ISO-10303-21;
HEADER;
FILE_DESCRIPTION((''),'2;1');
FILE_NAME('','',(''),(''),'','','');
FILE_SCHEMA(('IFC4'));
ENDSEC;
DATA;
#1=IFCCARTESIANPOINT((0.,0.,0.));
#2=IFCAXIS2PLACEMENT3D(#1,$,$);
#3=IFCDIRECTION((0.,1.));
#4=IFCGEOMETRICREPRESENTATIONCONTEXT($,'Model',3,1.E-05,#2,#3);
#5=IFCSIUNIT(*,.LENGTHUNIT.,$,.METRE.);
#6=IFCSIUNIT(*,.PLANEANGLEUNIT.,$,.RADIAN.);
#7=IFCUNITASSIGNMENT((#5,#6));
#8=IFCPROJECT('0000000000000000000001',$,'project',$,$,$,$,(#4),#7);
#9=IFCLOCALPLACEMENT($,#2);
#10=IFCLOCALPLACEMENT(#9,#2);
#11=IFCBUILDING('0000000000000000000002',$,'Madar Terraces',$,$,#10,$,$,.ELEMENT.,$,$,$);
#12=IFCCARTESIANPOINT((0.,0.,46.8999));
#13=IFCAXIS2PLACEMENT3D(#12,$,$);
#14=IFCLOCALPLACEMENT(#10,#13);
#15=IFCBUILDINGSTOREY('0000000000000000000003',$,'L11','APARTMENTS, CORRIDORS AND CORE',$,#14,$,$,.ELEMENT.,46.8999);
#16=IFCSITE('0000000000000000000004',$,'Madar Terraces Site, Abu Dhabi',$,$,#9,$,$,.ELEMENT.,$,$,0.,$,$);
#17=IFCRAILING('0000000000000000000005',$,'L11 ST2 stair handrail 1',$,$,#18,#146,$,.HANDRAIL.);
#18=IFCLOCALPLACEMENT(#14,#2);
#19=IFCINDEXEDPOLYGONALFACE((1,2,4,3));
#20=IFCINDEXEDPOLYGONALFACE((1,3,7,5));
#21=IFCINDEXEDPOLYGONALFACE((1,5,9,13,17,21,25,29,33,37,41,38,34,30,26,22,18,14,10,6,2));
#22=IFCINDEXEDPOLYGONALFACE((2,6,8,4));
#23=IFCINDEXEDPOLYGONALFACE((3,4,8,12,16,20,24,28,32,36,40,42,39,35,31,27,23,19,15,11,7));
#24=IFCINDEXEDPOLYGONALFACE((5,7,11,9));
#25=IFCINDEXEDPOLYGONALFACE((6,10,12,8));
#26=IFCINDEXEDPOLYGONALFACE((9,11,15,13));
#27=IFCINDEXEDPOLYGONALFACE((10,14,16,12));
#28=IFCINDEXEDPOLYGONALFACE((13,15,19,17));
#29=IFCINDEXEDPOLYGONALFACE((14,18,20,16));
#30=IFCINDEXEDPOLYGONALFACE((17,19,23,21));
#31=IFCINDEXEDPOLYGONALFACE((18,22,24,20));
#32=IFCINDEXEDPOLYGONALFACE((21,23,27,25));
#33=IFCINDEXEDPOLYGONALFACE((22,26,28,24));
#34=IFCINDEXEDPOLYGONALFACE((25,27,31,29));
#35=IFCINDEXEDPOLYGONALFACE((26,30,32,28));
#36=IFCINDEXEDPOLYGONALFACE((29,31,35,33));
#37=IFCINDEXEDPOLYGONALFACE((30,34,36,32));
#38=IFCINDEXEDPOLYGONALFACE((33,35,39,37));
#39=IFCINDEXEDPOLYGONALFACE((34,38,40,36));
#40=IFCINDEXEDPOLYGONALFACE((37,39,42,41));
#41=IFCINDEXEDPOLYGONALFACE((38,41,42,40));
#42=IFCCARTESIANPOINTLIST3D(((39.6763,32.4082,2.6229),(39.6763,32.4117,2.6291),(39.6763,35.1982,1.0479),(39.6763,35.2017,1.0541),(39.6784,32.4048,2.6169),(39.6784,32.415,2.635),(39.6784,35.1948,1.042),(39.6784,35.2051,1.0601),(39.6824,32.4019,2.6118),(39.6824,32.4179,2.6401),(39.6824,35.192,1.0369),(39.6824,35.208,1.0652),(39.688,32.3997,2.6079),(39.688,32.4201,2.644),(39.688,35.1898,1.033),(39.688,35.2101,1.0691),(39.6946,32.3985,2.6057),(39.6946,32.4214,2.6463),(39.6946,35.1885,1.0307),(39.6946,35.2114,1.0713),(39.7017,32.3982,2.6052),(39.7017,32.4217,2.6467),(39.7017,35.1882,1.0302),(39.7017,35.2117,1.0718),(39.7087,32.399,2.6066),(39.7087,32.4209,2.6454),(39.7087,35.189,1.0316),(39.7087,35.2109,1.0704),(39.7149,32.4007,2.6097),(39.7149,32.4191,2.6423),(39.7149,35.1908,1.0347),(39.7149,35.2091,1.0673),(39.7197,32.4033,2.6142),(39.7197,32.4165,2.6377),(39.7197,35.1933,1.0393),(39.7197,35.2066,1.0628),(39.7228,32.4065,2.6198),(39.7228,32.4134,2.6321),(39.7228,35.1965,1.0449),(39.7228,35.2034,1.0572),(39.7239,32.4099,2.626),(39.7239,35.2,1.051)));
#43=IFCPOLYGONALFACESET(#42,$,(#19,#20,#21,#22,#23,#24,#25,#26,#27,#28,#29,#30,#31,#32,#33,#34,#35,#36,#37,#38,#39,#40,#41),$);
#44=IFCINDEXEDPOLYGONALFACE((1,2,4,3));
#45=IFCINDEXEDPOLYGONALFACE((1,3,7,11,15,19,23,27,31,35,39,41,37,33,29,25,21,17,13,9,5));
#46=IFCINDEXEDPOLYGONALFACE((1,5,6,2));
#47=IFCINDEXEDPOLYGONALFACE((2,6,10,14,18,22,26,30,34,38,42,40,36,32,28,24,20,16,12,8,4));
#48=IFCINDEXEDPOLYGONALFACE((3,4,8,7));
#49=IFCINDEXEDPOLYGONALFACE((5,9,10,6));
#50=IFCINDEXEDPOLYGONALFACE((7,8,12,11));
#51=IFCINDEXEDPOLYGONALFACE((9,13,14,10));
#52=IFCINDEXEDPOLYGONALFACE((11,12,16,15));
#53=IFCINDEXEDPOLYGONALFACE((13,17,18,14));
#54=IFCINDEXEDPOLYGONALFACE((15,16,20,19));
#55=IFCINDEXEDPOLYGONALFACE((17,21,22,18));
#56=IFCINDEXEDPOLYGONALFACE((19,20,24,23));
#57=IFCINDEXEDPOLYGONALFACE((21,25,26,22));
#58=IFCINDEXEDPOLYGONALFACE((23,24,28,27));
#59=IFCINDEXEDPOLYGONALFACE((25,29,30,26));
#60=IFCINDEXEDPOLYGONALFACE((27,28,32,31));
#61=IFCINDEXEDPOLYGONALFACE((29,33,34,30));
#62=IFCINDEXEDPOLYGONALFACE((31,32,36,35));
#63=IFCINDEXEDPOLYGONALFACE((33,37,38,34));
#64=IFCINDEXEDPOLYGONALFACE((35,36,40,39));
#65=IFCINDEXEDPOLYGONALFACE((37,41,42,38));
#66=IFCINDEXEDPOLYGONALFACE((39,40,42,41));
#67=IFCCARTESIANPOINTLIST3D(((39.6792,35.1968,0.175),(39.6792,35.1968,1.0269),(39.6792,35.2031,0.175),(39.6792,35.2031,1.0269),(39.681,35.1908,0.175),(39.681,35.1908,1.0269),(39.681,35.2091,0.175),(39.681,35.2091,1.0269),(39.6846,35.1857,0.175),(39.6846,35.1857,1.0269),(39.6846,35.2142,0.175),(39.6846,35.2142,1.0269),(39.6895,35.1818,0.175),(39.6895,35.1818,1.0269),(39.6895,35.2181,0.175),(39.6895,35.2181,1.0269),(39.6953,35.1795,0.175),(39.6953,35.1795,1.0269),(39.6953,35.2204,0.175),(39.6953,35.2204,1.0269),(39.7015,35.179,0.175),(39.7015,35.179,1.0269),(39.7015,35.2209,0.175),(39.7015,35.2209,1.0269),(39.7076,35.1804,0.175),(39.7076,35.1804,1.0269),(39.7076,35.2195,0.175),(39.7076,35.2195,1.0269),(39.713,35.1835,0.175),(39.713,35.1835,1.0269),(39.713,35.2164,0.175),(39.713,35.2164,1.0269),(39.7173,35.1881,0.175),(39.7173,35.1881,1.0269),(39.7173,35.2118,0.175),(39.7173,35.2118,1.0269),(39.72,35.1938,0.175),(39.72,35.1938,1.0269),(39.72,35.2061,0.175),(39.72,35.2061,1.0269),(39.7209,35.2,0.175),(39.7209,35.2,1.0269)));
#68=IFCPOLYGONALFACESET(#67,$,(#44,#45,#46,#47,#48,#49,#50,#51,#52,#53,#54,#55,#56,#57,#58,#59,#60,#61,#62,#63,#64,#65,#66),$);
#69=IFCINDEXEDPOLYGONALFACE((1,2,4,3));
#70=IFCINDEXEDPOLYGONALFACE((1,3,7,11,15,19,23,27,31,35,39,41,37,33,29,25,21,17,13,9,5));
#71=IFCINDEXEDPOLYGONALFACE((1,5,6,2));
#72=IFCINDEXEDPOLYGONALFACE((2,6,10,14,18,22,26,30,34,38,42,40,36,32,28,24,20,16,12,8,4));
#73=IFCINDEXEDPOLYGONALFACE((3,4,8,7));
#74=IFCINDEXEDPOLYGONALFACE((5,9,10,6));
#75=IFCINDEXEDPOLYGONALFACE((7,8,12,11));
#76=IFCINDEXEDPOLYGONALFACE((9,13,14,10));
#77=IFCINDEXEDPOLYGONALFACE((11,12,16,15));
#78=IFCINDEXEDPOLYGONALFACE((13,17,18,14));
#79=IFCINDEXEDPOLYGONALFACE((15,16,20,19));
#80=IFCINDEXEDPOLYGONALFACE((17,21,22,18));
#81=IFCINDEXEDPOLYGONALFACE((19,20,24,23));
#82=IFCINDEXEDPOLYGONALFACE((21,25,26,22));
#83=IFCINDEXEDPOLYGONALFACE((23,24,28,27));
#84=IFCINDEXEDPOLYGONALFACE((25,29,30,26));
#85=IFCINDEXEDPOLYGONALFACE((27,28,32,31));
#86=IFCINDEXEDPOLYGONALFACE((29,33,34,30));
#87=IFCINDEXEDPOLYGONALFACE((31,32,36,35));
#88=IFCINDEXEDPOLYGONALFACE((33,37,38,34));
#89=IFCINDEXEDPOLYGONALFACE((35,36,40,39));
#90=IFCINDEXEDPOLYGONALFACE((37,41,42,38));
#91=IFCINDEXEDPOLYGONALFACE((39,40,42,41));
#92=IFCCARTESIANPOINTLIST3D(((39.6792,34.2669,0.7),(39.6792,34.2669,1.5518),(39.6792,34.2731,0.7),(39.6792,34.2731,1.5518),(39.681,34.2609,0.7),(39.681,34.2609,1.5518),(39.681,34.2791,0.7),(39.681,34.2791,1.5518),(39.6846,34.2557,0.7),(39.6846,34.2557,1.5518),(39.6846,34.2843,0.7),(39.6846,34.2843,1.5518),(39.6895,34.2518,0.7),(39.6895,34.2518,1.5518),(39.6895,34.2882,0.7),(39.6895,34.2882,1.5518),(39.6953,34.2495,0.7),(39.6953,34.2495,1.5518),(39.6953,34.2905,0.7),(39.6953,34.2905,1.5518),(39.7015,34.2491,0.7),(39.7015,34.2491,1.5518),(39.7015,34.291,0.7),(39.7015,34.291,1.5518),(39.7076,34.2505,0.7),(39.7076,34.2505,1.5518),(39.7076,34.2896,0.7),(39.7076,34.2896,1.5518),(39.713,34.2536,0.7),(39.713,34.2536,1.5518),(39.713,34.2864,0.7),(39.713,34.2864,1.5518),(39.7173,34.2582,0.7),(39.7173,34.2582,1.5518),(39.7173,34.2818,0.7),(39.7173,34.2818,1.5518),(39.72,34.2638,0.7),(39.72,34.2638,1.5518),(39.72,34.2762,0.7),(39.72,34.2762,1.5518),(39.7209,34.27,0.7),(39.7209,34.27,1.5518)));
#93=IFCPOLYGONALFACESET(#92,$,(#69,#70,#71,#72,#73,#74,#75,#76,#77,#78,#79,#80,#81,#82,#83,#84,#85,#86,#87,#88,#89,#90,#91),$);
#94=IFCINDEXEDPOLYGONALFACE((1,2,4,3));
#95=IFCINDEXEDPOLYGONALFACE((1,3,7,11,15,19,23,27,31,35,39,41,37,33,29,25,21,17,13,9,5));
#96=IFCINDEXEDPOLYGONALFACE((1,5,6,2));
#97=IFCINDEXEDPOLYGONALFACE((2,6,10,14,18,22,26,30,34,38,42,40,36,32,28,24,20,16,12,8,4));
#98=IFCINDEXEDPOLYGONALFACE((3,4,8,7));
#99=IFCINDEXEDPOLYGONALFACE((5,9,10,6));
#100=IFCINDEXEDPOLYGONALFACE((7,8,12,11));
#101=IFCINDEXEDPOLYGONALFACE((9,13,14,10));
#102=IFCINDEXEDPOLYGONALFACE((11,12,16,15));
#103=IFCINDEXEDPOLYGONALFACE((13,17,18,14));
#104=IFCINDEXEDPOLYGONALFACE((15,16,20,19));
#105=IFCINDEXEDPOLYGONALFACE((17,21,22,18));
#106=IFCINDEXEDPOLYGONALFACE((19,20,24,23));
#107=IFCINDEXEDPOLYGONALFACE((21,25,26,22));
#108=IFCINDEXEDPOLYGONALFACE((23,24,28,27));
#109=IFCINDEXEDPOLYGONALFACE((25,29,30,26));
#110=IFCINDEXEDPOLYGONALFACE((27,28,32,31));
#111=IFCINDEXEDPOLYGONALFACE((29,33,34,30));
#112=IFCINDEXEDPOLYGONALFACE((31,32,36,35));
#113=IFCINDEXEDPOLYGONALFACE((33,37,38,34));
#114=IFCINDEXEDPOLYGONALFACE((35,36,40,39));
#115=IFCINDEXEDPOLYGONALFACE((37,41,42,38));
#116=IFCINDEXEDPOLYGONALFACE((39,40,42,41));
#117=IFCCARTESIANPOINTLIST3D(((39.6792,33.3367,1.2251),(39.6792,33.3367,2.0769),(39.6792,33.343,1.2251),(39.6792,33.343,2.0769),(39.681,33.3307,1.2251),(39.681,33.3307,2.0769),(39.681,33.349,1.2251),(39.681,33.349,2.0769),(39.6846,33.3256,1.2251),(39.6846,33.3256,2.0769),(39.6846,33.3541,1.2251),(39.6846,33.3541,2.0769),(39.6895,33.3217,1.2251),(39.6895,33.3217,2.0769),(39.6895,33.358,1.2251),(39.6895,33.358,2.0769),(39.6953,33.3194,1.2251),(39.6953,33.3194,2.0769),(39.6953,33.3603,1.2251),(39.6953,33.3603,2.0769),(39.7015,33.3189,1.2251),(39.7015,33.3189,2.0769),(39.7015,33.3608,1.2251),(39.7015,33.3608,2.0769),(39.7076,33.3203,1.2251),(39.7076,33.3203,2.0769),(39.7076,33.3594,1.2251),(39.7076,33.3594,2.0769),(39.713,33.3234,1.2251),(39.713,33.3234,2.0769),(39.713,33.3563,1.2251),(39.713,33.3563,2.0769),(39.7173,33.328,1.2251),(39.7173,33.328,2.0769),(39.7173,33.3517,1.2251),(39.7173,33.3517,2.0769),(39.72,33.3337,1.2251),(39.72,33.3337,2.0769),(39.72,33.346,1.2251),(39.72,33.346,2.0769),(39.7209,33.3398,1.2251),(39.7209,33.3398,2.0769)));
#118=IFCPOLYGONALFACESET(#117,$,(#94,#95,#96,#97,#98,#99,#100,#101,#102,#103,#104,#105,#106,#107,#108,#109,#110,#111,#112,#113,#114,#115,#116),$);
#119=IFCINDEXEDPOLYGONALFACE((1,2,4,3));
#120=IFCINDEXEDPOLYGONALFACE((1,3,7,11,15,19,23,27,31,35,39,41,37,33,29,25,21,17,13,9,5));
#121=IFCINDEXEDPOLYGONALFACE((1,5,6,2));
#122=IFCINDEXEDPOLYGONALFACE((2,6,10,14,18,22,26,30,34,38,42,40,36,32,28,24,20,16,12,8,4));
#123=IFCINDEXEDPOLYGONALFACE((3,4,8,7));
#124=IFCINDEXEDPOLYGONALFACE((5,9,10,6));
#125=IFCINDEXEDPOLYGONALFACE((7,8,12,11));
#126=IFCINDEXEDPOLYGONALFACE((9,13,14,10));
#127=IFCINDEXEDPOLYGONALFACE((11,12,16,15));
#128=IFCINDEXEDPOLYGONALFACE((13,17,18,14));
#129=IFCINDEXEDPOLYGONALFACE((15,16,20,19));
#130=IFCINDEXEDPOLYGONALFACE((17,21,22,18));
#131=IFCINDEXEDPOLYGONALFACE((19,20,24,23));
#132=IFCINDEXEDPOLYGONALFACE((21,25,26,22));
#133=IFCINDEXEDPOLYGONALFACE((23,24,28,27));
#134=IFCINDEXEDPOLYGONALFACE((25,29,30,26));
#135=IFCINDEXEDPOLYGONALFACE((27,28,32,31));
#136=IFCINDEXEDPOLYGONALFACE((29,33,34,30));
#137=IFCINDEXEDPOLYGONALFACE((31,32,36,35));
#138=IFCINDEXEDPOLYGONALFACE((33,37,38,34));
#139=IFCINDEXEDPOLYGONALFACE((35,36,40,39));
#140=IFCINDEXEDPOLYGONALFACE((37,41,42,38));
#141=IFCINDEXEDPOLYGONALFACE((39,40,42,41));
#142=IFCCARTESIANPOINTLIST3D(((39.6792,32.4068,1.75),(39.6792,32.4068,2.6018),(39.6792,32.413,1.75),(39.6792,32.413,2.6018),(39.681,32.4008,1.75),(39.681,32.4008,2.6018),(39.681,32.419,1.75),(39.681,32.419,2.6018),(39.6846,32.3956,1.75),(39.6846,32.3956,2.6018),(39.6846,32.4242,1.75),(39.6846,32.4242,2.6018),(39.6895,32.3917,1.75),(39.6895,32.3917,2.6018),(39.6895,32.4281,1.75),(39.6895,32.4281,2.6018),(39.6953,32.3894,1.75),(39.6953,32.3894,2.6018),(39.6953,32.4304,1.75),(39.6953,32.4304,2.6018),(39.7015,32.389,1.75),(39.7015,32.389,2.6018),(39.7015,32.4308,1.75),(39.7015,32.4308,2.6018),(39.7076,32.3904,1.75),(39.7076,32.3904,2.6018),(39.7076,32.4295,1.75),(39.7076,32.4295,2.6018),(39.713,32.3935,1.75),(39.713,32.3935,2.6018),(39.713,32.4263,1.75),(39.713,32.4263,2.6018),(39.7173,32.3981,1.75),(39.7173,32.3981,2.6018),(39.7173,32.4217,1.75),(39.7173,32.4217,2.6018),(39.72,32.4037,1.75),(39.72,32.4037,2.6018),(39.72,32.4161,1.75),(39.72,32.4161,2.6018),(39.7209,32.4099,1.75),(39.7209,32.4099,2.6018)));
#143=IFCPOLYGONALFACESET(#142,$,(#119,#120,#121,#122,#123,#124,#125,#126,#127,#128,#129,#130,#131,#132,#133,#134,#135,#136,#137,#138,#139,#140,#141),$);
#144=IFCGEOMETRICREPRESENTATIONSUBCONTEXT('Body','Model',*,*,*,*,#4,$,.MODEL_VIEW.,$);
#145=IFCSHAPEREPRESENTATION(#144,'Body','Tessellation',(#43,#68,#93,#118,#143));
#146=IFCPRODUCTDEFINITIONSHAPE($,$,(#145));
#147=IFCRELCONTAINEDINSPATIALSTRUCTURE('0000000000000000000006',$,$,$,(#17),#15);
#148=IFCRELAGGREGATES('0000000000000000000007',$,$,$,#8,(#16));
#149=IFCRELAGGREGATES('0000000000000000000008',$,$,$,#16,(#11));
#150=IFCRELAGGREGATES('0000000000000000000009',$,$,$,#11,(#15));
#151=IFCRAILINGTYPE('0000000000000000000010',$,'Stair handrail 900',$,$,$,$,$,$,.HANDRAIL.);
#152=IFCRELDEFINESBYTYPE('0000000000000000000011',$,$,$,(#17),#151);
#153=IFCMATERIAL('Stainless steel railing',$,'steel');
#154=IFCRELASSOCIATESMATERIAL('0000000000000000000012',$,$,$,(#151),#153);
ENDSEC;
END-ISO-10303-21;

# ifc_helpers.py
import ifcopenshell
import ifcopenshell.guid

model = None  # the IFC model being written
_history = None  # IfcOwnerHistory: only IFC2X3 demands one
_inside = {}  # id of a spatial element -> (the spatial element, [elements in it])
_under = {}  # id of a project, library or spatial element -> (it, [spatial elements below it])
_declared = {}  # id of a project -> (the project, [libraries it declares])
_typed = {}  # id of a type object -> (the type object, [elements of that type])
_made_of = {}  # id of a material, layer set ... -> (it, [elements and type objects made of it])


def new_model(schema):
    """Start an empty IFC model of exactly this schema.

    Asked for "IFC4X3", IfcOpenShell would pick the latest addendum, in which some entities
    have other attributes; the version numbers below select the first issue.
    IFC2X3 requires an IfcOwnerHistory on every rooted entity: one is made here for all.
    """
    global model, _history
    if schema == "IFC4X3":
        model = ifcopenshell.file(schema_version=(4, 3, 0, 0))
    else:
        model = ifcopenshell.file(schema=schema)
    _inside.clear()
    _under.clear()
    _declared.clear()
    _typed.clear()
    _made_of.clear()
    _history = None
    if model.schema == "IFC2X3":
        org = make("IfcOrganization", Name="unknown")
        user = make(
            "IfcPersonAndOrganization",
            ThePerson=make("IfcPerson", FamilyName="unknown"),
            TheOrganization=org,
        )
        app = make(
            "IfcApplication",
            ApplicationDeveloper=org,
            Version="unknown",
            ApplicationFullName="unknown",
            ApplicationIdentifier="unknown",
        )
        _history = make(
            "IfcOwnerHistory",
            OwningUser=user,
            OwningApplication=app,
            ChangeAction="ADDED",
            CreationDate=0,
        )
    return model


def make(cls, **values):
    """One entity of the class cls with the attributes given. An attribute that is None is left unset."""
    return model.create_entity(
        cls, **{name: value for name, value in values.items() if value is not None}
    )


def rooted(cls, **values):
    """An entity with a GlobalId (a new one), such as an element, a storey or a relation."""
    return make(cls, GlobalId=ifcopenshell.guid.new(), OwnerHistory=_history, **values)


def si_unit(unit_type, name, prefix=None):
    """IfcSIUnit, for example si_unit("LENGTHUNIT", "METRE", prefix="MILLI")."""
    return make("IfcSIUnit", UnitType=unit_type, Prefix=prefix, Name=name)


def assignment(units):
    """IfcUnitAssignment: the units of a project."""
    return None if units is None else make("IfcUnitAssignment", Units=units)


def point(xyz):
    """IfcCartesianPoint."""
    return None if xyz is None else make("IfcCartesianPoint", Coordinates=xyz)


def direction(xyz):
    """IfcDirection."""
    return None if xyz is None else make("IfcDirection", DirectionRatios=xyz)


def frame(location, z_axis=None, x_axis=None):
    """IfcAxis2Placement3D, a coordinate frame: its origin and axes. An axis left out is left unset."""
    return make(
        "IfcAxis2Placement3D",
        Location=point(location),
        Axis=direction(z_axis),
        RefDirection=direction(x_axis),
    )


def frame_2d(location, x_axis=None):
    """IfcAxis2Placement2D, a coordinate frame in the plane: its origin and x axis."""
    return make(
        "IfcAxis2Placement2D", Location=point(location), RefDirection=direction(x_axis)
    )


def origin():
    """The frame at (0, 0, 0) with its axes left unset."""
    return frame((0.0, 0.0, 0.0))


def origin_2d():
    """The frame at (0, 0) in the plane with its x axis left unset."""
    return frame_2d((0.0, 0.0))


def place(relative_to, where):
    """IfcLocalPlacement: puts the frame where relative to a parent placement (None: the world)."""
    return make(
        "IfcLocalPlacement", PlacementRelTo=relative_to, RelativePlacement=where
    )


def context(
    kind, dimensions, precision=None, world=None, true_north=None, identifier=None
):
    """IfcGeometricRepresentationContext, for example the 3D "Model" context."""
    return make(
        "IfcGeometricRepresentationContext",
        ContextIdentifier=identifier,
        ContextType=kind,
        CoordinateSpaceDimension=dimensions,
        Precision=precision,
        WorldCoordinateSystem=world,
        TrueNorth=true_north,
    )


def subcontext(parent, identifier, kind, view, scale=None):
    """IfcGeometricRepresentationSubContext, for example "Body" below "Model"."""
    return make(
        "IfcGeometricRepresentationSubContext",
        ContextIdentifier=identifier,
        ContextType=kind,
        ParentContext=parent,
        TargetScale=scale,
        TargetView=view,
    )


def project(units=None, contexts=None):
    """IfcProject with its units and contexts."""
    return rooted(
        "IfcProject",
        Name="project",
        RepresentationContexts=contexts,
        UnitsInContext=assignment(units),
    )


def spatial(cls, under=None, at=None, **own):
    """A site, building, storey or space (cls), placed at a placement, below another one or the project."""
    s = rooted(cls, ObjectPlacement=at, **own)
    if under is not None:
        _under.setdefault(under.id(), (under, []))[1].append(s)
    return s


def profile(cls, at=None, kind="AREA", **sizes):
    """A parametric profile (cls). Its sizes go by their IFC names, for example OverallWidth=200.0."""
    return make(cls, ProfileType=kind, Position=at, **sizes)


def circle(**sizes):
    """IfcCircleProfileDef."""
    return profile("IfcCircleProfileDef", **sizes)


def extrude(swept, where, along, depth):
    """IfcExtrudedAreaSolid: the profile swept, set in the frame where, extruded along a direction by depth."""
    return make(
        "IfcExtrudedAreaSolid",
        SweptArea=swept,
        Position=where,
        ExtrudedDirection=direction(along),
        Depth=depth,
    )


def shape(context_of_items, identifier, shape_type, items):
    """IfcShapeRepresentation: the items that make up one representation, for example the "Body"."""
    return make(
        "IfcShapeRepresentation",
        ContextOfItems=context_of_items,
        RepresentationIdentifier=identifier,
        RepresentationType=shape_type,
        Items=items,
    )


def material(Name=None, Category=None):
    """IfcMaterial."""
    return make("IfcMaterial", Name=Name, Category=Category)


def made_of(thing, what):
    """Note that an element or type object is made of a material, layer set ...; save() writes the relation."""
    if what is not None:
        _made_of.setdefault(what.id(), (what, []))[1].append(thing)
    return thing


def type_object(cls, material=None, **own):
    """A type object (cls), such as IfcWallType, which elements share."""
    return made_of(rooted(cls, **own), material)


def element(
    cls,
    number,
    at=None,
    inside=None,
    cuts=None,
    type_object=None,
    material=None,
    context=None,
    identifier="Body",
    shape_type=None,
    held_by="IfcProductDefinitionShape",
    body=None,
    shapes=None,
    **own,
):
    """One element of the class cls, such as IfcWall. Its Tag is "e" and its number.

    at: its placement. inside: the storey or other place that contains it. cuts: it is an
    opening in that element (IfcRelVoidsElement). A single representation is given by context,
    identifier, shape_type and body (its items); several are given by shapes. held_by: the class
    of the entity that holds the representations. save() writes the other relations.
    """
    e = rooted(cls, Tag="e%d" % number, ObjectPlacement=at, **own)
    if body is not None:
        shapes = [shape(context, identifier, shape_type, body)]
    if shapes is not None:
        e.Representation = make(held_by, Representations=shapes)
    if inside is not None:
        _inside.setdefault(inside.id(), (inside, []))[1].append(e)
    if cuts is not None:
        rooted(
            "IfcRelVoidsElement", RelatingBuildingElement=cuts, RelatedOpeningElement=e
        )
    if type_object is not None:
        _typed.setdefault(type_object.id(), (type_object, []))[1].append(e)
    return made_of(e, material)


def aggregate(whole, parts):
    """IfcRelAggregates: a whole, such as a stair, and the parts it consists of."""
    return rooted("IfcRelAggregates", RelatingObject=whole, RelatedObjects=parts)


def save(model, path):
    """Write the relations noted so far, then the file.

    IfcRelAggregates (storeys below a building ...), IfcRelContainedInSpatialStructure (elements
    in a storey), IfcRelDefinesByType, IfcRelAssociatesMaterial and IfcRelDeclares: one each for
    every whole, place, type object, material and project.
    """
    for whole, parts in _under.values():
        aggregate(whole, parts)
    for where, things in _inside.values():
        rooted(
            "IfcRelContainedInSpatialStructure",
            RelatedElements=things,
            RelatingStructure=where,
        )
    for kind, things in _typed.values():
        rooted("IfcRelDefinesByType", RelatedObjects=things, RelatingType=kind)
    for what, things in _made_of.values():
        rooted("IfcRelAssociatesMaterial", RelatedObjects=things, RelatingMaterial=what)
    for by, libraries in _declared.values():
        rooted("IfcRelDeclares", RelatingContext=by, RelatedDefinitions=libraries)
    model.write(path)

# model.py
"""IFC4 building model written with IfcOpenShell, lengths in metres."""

from ifc_helpers import new_model, si_unit, direction, frame, origin, origin_2d, place, context, subcontext, project, spatial, circle, extrude, material, type_object, element, save


model = new_model("IFC4")

# Units and contexts
model_context = context("Model", 3, precision=1e-05, world=origin(), true_north=direction((0.0, 1.0)))
body_context = subcontext(model_context, "Body", "Model", "MODEL_VIEW")
ifc_project = project(units=[si_unit("LENGTHUNIT", "METRE"), si_unit("PLANEANGLEUNIT", "RADIAN")], contexts=[model_context])

# Site, building, storey
site_placement = place(None, origin())
site = spatial("IfcSite", under=ifc_project, at=site_placement, Name="Madar Terraces Site, Abu Dhabi", CompositionType="ELEMENT", RefElevation=0.0)
building_placement = place(site_placement, origin())
building = spatial("IfcBuilding", under=site, at=building_placement, Name="Madar Terraces", CompositionType="ELEMENT")
storey_placement = place(building_placement, frame((0.0, 0.0, 46.8999)))
storey = spatial("IfcBuildingStorey", under=building, at=storey_placement, Name="L11", Description="APARTMENTS, CORRIDORS AND CORE", CompositionType="ELEMENT", Elevation=46.8999)

# Railing
ifc_material_1 = material(Name="Stainless steel railing", Category="steel")
railing_type_1 = type_object("IfcRailingType", Name="Stair handrail 900", PredefinedType="HANDRAIL", material=ifc_material_1)
railing_1_placement = place(storey_placement, frame((39.7, 35.2, 0.175)))
element("IfcRailing", 1, at=railing_1_placement, inside=storey, type_object=railing_type_1, Name="L11 ST2 stair handrail 1", PredefinedType="HANDRAIL", context=body_context, shape_type="SweptSolid", body=[
    extrude(circle(Radius=0.0239, at=origin_2d()), frame((0.0, 0.0, 0.876), z_axis=(0.0, -0.870834, 0.491578), x_axis=(1.0, 0.0, 0.0)), (0.0, 0.0, 1.0), 3.2039),
    extrude(circle(Radius=0.021, at=origin_2d()), origin(), (0.0, 0.0, 1.0), 0.8518),
    extrude(circle(Radius=0.021, at=origin_2d()), frame((0.0, -0.9299, 0.5249)), (0.0, 0.0, 1.0), 0.8518),
    extrude(circle(Radius=0.021, at=origin_2d()), frame((0.0, -1.8601, 1.05)), (0.0, 0.0, 1.0), 0.8518),
    extrude(circle(Radius=0.021, at=origin_2d()), frame((0.0, -2.79, 1.575)), (0.0, 0.0, 1.0), 0.8518),
])

save(model, "model.ifc")
